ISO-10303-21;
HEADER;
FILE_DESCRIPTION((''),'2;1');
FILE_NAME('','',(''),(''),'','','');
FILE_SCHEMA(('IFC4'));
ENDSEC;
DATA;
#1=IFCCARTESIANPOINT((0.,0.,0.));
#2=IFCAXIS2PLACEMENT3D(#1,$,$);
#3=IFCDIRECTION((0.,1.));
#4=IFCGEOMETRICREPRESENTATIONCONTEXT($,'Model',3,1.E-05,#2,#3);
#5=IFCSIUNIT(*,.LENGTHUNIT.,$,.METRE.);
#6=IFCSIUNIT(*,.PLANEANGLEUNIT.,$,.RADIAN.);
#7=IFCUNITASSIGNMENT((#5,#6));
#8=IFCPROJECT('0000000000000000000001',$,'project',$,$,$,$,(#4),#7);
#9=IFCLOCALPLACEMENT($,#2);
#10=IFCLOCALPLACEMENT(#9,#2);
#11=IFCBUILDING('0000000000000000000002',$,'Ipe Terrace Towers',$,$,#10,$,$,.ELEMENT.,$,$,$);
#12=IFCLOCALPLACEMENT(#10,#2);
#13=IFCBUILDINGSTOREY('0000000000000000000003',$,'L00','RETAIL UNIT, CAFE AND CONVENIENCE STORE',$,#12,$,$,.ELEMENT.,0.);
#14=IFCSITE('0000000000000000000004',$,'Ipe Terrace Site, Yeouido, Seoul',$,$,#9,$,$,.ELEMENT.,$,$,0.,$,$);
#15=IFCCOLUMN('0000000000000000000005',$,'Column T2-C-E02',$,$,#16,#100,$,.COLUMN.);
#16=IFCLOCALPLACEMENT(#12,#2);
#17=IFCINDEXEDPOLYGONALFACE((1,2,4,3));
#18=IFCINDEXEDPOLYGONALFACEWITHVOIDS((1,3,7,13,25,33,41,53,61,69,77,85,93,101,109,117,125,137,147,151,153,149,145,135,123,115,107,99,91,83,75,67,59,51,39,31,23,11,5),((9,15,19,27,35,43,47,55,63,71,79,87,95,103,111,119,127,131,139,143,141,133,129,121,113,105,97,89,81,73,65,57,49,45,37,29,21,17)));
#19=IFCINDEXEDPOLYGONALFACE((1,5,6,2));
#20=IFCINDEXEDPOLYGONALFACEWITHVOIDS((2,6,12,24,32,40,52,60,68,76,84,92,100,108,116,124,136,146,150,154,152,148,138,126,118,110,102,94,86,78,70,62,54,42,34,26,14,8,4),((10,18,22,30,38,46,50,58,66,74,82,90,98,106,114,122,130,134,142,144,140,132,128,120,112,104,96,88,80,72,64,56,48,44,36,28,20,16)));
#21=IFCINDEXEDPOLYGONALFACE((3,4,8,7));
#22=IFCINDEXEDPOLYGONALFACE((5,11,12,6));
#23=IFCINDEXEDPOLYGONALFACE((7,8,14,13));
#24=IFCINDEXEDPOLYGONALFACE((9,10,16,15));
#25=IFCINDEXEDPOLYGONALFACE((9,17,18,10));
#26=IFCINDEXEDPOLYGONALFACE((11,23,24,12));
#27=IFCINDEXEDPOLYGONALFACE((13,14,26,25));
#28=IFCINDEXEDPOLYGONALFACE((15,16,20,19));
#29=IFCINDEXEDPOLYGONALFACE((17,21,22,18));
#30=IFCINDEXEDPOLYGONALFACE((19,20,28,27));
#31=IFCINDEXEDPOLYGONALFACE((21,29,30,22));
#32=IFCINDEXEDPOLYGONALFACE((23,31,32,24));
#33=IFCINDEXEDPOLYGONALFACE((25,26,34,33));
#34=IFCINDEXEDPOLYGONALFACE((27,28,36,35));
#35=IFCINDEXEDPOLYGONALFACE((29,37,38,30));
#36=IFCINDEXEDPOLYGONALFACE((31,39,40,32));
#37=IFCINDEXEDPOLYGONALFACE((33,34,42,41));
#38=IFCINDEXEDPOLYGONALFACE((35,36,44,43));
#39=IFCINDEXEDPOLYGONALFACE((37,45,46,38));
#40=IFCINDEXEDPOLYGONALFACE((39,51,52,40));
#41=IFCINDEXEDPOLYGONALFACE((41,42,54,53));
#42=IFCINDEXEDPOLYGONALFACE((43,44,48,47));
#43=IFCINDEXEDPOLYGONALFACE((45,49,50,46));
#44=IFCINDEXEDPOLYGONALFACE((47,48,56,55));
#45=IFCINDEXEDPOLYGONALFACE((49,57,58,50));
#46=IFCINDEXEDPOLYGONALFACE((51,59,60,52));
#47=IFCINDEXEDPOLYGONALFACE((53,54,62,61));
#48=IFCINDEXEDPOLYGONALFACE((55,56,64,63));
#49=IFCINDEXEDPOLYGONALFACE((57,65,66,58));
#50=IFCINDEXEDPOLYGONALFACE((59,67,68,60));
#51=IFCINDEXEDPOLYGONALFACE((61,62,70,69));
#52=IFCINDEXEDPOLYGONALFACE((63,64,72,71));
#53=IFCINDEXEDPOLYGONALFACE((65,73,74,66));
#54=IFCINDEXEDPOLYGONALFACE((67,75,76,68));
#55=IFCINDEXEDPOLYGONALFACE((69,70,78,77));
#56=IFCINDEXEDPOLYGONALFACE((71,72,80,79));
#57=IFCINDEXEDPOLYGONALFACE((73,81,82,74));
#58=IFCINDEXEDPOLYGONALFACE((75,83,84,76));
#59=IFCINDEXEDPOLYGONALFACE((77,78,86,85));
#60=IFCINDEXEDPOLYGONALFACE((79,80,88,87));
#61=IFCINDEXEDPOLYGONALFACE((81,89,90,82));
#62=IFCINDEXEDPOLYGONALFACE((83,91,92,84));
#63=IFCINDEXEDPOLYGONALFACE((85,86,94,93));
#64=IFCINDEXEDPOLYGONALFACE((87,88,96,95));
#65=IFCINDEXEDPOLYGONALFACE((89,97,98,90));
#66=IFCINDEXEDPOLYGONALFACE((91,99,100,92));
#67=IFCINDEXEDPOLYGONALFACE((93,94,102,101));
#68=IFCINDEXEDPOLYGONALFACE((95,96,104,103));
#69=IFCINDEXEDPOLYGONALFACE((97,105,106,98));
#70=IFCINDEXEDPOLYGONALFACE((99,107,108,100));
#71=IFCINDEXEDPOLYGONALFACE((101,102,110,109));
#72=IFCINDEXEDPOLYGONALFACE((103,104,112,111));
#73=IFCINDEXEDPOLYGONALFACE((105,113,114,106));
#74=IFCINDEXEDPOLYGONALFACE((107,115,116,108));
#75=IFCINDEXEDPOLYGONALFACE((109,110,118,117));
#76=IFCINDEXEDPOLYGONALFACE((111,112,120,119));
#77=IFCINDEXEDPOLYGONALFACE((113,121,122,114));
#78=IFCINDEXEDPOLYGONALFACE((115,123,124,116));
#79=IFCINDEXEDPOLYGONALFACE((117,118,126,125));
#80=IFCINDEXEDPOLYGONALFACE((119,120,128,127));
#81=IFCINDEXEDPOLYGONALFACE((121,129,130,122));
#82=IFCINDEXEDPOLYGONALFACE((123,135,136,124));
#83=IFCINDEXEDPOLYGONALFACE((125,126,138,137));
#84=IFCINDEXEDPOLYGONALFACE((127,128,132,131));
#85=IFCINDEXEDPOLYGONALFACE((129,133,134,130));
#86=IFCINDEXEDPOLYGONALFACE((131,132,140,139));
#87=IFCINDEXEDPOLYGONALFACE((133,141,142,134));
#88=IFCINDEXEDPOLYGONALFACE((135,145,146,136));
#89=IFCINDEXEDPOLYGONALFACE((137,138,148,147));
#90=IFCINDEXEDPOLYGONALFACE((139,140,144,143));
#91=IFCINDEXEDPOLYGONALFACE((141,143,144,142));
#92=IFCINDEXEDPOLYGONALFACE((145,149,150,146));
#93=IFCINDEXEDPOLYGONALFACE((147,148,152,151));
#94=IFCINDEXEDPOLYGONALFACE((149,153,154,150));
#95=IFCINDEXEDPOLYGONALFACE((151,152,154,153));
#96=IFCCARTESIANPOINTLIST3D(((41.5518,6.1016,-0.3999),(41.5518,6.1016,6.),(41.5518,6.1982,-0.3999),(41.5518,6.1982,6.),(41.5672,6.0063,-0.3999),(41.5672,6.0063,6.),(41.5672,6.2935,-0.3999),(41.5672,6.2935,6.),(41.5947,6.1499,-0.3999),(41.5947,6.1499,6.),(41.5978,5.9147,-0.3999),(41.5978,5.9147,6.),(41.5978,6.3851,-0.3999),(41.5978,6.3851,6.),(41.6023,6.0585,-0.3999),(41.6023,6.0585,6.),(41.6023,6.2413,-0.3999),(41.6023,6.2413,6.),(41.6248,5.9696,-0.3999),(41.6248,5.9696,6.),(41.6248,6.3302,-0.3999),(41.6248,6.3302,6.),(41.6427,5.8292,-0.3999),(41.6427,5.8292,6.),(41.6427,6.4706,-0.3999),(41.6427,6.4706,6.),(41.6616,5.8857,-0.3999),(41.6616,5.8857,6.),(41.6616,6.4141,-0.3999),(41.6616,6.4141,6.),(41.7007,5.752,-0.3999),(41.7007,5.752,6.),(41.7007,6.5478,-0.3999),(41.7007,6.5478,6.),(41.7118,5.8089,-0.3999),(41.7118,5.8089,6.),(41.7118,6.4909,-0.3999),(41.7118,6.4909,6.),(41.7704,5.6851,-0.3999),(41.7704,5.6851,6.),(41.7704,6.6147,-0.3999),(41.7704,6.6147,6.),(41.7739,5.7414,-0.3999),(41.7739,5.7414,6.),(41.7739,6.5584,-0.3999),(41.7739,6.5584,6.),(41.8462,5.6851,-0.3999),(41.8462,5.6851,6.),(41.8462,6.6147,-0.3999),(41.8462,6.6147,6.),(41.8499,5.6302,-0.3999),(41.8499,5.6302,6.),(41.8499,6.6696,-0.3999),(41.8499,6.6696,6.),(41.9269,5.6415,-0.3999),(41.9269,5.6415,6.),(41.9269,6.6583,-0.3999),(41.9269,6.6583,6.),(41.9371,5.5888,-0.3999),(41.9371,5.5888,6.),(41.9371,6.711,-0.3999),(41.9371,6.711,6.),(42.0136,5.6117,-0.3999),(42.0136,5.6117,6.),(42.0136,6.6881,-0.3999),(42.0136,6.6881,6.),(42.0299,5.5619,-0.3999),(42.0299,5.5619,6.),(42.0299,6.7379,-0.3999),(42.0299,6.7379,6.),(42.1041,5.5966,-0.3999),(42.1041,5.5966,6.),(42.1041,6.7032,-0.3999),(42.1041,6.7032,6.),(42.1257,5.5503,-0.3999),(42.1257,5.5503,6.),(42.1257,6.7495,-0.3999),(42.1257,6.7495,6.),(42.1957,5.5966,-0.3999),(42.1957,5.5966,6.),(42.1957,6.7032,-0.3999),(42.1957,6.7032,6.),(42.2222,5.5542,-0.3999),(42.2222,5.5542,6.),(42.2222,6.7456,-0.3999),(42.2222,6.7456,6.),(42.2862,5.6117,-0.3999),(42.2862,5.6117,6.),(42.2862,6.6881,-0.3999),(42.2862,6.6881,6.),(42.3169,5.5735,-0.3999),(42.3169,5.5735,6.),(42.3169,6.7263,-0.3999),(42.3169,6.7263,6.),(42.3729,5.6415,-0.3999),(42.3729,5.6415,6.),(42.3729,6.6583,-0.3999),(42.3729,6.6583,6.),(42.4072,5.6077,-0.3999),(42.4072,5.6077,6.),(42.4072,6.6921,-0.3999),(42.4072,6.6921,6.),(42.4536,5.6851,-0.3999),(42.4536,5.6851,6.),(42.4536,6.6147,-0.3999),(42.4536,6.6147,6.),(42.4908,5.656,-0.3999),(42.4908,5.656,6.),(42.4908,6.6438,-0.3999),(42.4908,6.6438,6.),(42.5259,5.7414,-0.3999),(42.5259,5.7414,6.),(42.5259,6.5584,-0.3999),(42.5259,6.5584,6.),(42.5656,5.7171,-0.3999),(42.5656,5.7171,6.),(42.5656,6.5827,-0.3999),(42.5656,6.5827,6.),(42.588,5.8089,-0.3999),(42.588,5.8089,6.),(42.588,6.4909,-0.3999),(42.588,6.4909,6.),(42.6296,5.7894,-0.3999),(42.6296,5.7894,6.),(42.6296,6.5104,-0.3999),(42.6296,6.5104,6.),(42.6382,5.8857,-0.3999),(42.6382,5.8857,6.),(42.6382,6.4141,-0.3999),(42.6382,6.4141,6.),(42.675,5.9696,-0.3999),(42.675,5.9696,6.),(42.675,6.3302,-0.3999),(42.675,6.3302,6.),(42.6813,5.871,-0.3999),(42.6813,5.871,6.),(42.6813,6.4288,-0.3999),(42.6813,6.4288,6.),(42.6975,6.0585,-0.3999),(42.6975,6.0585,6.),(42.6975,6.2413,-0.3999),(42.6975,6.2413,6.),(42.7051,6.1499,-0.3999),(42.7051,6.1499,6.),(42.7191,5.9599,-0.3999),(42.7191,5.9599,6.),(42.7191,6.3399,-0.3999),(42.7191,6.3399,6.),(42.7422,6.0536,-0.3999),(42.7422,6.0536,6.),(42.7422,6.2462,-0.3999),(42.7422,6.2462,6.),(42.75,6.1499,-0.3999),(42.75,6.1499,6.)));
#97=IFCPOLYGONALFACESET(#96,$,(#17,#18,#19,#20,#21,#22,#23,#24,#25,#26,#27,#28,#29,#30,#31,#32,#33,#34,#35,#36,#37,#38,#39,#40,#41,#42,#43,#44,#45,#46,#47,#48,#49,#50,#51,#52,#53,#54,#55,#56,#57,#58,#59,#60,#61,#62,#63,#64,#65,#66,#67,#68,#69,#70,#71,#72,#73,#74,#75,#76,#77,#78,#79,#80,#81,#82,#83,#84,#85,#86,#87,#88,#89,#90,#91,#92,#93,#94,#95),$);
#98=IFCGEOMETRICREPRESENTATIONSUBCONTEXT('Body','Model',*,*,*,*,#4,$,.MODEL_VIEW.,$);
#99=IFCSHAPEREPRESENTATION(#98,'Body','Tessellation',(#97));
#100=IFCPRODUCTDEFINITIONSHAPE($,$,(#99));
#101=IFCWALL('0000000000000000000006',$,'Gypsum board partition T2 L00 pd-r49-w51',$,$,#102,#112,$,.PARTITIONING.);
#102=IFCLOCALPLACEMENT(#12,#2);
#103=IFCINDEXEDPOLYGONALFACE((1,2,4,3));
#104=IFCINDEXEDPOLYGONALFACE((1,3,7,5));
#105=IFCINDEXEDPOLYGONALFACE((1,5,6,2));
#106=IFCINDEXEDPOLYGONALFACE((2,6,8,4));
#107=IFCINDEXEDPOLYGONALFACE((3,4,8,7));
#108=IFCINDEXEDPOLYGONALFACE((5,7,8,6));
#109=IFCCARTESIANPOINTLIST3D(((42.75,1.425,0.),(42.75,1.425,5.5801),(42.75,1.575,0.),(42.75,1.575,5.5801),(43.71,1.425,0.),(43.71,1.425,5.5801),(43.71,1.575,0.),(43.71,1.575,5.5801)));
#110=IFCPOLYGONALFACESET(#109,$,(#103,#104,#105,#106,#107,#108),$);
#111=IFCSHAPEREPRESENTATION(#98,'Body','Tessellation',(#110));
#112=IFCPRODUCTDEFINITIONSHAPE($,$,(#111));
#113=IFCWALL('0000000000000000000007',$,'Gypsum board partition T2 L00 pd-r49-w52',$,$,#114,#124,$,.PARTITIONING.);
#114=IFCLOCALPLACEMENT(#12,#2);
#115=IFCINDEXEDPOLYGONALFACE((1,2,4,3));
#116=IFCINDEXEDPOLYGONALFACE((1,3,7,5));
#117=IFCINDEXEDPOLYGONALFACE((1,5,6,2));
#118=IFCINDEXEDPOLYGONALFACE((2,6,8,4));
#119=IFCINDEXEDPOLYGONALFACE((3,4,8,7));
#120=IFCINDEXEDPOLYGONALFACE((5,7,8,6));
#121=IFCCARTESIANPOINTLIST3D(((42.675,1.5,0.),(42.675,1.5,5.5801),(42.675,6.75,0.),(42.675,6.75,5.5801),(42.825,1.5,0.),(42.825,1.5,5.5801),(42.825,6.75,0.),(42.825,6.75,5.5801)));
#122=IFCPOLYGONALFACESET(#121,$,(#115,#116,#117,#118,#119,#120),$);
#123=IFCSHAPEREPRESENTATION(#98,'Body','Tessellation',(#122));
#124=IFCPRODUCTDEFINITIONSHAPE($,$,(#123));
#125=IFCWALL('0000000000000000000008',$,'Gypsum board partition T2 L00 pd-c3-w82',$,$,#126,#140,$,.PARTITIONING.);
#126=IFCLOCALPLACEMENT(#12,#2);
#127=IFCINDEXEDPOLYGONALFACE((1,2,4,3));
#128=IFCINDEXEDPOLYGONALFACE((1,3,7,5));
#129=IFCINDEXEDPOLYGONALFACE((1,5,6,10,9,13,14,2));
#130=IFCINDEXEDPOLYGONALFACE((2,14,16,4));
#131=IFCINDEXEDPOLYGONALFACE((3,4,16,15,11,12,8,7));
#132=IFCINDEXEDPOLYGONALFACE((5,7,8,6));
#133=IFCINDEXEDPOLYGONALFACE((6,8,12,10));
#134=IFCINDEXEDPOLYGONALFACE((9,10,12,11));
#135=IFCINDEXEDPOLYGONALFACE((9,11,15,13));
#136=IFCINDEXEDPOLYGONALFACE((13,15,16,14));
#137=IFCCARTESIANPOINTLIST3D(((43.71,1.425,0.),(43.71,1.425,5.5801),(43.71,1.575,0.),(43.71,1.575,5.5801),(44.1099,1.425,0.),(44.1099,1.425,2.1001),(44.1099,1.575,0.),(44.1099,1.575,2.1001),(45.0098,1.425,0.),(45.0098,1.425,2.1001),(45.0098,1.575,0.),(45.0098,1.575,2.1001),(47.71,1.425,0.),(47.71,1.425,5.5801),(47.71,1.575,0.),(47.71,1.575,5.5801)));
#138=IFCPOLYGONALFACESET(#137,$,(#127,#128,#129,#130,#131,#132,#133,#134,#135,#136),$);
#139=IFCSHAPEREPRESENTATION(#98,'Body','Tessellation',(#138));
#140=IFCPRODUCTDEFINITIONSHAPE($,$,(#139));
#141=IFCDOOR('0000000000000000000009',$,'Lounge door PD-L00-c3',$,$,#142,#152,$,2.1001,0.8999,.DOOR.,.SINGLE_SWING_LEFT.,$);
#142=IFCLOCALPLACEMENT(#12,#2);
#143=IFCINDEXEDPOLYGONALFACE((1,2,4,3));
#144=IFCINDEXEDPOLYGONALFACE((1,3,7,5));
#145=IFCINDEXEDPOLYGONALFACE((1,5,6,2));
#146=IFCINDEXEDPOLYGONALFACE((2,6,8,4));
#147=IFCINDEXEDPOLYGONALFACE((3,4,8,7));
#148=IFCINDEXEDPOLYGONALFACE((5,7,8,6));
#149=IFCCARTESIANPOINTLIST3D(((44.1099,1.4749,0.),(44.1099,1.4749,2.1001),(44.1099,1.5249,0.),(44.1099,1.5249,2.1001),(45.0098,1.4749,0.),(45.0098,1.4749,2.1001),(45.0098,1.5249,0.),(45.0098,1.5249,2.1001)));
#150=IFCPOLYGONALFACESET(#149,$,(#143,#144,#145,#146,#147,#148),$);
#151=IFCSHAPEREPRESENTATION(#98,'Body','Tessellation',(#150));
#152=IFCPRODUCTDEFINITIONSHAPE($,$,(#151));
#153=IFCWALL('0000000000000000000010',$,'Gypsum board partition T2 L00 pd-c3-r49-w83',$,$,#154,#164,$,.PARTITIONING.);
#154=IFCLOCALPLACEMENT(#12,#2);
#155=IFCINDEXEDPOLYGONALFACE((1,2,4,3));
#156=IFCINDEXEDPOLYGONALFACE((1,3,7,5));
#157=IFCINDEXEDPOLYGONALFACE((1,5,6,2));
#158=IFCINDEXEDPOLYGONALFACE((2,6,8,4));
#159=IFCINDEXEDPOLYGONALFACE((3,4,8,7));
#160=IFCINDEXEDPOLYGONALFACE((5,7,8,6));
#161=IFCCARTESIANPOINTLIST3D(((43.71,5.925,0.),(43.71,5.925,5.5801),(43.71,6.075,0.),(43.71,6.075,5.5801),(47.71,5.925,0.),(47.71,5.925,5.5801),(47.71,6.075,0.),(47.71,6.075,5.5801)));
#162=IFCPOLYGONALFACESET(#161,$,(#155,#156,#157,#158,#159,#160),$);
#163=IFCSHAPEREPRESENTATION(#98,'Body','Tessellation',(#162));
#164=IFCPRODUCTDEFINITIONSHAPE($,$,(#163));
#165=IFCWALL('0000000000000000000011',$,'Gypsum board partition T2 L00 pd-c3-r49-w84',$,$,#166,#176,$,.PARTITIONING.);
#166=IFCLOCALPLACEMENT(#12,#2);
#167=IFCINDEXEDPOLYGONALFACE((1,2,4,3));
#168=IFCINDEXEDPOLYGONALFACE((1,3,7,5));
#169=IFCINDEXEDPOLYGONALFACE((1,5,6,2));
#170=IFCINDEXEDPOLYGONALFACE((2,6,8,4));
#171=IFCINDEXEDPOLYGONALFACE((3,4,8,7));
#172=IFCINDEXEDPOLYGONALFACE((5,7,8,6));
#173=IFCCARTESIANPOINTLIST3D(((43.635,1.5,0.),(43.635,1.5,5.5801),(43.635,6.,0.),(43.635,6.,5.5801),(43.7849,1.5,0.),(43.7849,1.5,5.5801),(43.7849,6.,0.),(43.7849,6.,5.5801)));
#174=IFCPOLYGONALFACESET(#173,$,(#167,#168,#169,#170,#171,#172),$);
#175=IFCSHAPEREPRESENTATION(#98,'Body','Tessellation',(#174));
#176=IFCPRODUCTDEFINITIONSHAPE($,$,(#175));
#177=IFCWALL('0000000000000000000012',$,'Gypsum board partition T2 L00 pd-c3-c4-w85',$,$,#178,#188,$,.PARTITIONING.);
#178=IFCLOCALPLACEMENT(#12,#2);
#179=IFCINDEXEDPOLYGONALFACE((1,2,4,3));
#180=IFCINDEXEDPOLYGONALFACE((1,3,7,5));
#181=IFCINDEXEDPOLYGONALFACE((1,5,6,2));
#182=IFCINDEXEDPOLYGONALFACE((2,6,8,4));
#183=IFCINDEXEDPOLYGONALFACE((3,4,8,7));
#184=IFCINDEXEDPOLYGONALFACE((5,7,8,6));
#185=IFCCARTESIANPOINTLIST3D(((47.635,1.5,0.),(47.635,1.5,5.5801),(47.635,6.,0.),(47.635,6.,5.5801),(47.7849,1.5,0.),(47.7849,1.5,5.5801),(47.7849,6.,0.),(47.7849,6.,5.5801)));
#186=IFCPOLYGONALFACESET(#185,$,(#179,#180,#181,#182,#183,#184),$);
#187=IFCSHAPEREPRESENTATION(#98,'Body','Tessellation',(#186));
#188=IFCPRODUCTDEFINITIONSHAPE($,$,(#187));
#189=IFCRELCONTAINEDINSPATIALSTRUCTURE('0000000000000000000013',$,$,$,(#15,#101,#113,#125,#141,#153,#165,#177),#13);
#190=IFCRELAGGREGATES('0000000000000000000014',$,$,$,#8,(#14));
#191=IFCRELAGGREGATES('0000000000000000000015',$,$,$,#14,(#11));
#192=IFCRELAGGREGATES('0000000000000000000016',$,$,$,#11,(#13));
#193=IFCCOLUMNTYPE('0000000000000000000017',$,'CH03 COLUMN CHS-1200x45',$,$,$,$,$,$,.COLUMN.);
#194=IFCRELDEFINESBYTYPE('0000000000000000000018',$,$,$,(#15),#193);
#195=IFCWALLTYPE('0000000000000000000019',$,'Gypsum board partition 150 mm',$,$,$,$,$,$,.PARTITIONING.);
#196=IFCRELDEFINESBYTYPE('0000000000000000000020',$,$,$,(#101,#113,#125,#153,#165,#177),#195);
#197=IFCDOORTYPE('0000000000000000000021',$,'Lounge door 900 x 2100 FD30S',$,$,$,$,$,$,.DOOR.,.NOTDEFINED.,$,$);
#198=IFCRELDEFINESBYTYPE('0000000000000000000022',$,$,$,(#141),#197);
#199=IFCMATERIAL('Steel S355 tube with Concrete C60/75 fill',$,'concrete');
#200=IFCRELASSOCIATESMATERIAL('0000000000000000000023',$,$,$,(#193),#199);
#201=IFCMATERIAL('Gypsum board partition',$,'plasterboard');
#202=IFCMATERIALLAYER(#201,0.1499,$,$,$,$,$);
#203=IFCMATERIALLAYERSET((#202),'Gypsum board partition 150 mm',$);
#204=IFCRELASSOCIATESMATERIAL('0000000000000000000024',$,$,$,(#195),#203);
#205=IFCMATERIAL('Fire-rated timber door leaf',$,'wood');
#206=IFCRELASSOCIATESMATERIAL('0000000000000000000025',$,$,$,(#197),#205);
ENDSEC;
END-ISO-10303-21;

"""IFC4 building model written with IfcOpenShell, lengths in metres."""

from ifc_helpers import new_model, si_unit, direction, frame, frame_2d, origin, origin_2d, place, context, subcontext, project, spatial, rectangle, hollow_circle, extrude, material, layer, layer_set, material_profile, profile_set, type_object, element, fill, save


model = new_model("IFC4")

# Units and contexts
model_context = context("Model", 3, precision=1e-05, world=origin(), true_north=direction((0.0, 1.0)))
body_context = subcontext(model_context, "Body", "Model", "MODEL_VIEW")
ifc_project = project(units=[si_unit("LENGTHUNIT", "METRE"), si_unit("PLANEANGLEUNIT", "RADIAN")], contexts=[model_context])

# Site, building, storey
site_placement = place(None, origin())
site = spatial("IfcSite", under=ifc_project, at=site_placement, Name="Ipe Terrace Site, Yeouido, Seoul", CompositionType="ELEMENT", RefElevation=0.0)
building_placement = place(site_placement, origin())
building = spatial("IfcBuilding", under=site, at=building_placement, Name="Ipe Terrace Towers", CompositionType="ELEMENT")
storey_placement = place(building_placement, origin())
storey = spatial("IfcBuildingStorey", under=building, at=storey_placement, Name="L00", Description="RETAIL UNIT, CAFE AND CONVENIENCE STORE", CompositionType="ELEMENT", Elevation=0.0)

# Column
ifc_material_1 = material(Name="Steel S355 tube with Concrete C60/75 fill", Category="concrete")
ifc_material_profile_1 = material_profile(ifc_material_1, hollow_circle(Radius=0.6001, WallThickness=0.0449, at=origin_2d()), Name="CHS-1200x45")
ifc_profile_set_1 = profile_set([ifc_material_profile_1], Name="Steel S355 tube with Concrete C60/75 fill")
column_type = type_object("IfcColumnType", Name="CH03 COLUMN CHS-1200x45", PredefinedType="COLUMN", material=ifc_profile_set_1)
column_placement = place(storey_placement, frame((42.1499, 6.1499, -0.3999), z_axis=(0.0, 0.0, 1.0), x_axis=(1.0, 0.0, 0.0)))
element("IfcColumn", 1, at=column_placement, inside=storey, type_object=column_type, Name="Column T2-C-E02", PredefinedType="COLUMN", context=body_context, shape_type="SweptSolid", body=[
    extrude(hollow_circle(Radius=0.6001, WallThickness=0.0449, at=origin_2d()), origin(), (0.0, 0.0, 1.0), 6.3999),
])

# Walls
ifc_material_2 = material(Name="Gypsum board partition", Category="plasterboard")
ifc_layer_1 = layer(ifc_material_2, 0.1499)
ifc_layer_set_1 = layer_set([ifc_layer_1], Name="Gypsum board partition 150 mm")
wall_type_1 = type_object("IfcWallType", Name="Gypsum board partition 150 mm", PredefinedType="PARTITIONING", material=ifc_layer_set_1)
wall_1_placement = place(storey_placement, frame((43.71, 1.5, 0.0), z_axis=(0.0, 0.0, 1.0), x_axis=(-1.0, 0.0, 0.0)))
element("IfcWall", 2, at=wall_1_placement, inside=storey, type_object=wall_type_1, Name="Gypsum board partition T2 L00 pd-r49-w51", PredefinedType="PARTITIONING", context=body_context, shape_type="SweptSolid", body=[
    extrude(rectangle(XDim=0.96, YDim=0.1499, at=frame_2d((0.48, 0.0))), origin(), (0.0, 0.0, 1.0), 5.5801),
])
wall_2_placement = place(storey_placement, frame((42.75, 1.5, 0.0), z_axis=(0.0, 0.0, 1.0), x_axis=(0.0, 1.0, 0.0)))
element("IfcWall", 3, at=wall_2_placement, inside=storey, type_object=wall_type_1, Name="Gypsum board partition T2 L00 pd-r49-w52", PredefinedType="PARTITIONING", context=body_context, shape_type="SweptSolid", body=[
    extrude(rectangle(XDim=5.25, YDim=0.1499, at=frame_2d((2.625, 0.0))), origin(), (0.0, 0.0, 1.0), 5.5801),
])

# Wall, opening, door
wall_3_placement = place(storey_placement, frame((43.71, 1.5, 0.0), z_axis=(0.0, 0.0, 1.0), x_axis=(1.0, 0.0, 0.0)))
wall_3 = element("IfcWall", 4, at=wall_3_placement, inside=storey, type_object=wall_type_1, Name="Gypsum board partition T2 L00 pd-c3-w82", PredefinedType="PARTITIONING", context=body_context, shape_type="SweptSolid", body=[
    extrude(rectangle(XDim=4.0, YDim=0.1499, at=frame_2d((2.0, 0.0))), origin(), (0.0, 0.0, 1.0), 5.5801),
])
opening_1_placement = place(wall_3_placement, frame((0.3999, 0.0, 0.0)))
opening_1 = element("IfcOpeningElement", 5, at=opening_1_placement, cuts=wall_3, PredefinedType="OPENING", context=body_context, shape_type="SweptSolid", body=[
    extrude(rectangle(XDim=0.8999, YDim=2.1001, at=frame_2d((0.45, 1.05))), frame((0.0, 0.085, 0.0), z_axis=(0.0, -1.0, 0.0), x_axis=(1.0, 0.0, 0.0)), (0.0, 0.0, 1.0), 0.1699),
])
ifc_material_3 = material(Name="Fire-rated timber door leaf", Category="wood")
door_type_1 = type_object("IfcDoorType", Name="Lounge door 900 x 2100 FD30S", OperationType="NOTDEFINED", PredefinedType="DOOR", material=ifc_material_3)
door_1_placement = place(opening_1_placement, origin())
door_1 = element("IfcDoor", 6, at=door_1_placement, inside=storey, type_object=door_type_1, Name="Lounge door PD-L00-c3", OperationType="SINGLE_SWING_LEFT", OverallHeight=2.1001, OverallWidth=0.8999, PredefinedType="DOOR", context=body_context, shape_type="SweptSolid", body=[
    extrude(rectangle(XDim=0.8999, YDim=2.1001, at=frame_2d((0.45, 1.05))), frame((0.0, 0.0249, 0.0), z_axis=(0.0, -1.0, 0.0), x_axis=(1.0, 0.0, 0.0)), (0.0, 0.0, 1.0), 0.05),
])
fill(opening_1, door_1)

# Walls
wall_4_placement = place(storey_placement, frame((47.71, 6.0, 0.0), z_axis=(0.0, 0.0, 1.0), x_axis=(-1.0, 0.0, 0.0)))
element("IfcWall", 7, at=wall_4_placement, inside=storey, type_object=wall_type_1, Name="Gypsum board partition T2 L00 pd-c3-r49-w83", PredefinedType="PARTITIONING", context=body_context, shape_type="SweptSolid", body=[
    extrude(rectangle(XDim=4.0, YDim=0.1499, at=frame_2d((2.0, 0.0))), origin(), (0.0, 0.0, 1.0), 5.5801),
])
for number, where, z_axis, x_axis, name in (
    (8, (43.71, 6.0, 0.0), (0.0, 0.0, 1.0), (0.0, -1.0, 0.0), "Gypsum board partition T2 L00 pd-c3-r49-w84"),
    (9, (47.71, 1.5, 0.0), (0.0, 0.0, 1.0), (0.0, 1.0, 0.0), "Gypsum board partition T2 L00 pd-c3-c4-w85"),
):
    element("IfcWall", number, at=place(storey_placement, frame(where, z_axis=z_axis, x_axis=x_axis)), inside=storey, type_object=wall_type_1, Name=name, PredefinedType="PARTITIONING", context=body_context, shape_type="SweptSolid", body=[
        extrude(rectangle(XDim=4.5, YDim=0.1499, at=frame_2d((2.25, 0.0))), origin(), (0.0, 0.0, 1.0), 5.5801),
    ])

save(model, "model.ifc")
